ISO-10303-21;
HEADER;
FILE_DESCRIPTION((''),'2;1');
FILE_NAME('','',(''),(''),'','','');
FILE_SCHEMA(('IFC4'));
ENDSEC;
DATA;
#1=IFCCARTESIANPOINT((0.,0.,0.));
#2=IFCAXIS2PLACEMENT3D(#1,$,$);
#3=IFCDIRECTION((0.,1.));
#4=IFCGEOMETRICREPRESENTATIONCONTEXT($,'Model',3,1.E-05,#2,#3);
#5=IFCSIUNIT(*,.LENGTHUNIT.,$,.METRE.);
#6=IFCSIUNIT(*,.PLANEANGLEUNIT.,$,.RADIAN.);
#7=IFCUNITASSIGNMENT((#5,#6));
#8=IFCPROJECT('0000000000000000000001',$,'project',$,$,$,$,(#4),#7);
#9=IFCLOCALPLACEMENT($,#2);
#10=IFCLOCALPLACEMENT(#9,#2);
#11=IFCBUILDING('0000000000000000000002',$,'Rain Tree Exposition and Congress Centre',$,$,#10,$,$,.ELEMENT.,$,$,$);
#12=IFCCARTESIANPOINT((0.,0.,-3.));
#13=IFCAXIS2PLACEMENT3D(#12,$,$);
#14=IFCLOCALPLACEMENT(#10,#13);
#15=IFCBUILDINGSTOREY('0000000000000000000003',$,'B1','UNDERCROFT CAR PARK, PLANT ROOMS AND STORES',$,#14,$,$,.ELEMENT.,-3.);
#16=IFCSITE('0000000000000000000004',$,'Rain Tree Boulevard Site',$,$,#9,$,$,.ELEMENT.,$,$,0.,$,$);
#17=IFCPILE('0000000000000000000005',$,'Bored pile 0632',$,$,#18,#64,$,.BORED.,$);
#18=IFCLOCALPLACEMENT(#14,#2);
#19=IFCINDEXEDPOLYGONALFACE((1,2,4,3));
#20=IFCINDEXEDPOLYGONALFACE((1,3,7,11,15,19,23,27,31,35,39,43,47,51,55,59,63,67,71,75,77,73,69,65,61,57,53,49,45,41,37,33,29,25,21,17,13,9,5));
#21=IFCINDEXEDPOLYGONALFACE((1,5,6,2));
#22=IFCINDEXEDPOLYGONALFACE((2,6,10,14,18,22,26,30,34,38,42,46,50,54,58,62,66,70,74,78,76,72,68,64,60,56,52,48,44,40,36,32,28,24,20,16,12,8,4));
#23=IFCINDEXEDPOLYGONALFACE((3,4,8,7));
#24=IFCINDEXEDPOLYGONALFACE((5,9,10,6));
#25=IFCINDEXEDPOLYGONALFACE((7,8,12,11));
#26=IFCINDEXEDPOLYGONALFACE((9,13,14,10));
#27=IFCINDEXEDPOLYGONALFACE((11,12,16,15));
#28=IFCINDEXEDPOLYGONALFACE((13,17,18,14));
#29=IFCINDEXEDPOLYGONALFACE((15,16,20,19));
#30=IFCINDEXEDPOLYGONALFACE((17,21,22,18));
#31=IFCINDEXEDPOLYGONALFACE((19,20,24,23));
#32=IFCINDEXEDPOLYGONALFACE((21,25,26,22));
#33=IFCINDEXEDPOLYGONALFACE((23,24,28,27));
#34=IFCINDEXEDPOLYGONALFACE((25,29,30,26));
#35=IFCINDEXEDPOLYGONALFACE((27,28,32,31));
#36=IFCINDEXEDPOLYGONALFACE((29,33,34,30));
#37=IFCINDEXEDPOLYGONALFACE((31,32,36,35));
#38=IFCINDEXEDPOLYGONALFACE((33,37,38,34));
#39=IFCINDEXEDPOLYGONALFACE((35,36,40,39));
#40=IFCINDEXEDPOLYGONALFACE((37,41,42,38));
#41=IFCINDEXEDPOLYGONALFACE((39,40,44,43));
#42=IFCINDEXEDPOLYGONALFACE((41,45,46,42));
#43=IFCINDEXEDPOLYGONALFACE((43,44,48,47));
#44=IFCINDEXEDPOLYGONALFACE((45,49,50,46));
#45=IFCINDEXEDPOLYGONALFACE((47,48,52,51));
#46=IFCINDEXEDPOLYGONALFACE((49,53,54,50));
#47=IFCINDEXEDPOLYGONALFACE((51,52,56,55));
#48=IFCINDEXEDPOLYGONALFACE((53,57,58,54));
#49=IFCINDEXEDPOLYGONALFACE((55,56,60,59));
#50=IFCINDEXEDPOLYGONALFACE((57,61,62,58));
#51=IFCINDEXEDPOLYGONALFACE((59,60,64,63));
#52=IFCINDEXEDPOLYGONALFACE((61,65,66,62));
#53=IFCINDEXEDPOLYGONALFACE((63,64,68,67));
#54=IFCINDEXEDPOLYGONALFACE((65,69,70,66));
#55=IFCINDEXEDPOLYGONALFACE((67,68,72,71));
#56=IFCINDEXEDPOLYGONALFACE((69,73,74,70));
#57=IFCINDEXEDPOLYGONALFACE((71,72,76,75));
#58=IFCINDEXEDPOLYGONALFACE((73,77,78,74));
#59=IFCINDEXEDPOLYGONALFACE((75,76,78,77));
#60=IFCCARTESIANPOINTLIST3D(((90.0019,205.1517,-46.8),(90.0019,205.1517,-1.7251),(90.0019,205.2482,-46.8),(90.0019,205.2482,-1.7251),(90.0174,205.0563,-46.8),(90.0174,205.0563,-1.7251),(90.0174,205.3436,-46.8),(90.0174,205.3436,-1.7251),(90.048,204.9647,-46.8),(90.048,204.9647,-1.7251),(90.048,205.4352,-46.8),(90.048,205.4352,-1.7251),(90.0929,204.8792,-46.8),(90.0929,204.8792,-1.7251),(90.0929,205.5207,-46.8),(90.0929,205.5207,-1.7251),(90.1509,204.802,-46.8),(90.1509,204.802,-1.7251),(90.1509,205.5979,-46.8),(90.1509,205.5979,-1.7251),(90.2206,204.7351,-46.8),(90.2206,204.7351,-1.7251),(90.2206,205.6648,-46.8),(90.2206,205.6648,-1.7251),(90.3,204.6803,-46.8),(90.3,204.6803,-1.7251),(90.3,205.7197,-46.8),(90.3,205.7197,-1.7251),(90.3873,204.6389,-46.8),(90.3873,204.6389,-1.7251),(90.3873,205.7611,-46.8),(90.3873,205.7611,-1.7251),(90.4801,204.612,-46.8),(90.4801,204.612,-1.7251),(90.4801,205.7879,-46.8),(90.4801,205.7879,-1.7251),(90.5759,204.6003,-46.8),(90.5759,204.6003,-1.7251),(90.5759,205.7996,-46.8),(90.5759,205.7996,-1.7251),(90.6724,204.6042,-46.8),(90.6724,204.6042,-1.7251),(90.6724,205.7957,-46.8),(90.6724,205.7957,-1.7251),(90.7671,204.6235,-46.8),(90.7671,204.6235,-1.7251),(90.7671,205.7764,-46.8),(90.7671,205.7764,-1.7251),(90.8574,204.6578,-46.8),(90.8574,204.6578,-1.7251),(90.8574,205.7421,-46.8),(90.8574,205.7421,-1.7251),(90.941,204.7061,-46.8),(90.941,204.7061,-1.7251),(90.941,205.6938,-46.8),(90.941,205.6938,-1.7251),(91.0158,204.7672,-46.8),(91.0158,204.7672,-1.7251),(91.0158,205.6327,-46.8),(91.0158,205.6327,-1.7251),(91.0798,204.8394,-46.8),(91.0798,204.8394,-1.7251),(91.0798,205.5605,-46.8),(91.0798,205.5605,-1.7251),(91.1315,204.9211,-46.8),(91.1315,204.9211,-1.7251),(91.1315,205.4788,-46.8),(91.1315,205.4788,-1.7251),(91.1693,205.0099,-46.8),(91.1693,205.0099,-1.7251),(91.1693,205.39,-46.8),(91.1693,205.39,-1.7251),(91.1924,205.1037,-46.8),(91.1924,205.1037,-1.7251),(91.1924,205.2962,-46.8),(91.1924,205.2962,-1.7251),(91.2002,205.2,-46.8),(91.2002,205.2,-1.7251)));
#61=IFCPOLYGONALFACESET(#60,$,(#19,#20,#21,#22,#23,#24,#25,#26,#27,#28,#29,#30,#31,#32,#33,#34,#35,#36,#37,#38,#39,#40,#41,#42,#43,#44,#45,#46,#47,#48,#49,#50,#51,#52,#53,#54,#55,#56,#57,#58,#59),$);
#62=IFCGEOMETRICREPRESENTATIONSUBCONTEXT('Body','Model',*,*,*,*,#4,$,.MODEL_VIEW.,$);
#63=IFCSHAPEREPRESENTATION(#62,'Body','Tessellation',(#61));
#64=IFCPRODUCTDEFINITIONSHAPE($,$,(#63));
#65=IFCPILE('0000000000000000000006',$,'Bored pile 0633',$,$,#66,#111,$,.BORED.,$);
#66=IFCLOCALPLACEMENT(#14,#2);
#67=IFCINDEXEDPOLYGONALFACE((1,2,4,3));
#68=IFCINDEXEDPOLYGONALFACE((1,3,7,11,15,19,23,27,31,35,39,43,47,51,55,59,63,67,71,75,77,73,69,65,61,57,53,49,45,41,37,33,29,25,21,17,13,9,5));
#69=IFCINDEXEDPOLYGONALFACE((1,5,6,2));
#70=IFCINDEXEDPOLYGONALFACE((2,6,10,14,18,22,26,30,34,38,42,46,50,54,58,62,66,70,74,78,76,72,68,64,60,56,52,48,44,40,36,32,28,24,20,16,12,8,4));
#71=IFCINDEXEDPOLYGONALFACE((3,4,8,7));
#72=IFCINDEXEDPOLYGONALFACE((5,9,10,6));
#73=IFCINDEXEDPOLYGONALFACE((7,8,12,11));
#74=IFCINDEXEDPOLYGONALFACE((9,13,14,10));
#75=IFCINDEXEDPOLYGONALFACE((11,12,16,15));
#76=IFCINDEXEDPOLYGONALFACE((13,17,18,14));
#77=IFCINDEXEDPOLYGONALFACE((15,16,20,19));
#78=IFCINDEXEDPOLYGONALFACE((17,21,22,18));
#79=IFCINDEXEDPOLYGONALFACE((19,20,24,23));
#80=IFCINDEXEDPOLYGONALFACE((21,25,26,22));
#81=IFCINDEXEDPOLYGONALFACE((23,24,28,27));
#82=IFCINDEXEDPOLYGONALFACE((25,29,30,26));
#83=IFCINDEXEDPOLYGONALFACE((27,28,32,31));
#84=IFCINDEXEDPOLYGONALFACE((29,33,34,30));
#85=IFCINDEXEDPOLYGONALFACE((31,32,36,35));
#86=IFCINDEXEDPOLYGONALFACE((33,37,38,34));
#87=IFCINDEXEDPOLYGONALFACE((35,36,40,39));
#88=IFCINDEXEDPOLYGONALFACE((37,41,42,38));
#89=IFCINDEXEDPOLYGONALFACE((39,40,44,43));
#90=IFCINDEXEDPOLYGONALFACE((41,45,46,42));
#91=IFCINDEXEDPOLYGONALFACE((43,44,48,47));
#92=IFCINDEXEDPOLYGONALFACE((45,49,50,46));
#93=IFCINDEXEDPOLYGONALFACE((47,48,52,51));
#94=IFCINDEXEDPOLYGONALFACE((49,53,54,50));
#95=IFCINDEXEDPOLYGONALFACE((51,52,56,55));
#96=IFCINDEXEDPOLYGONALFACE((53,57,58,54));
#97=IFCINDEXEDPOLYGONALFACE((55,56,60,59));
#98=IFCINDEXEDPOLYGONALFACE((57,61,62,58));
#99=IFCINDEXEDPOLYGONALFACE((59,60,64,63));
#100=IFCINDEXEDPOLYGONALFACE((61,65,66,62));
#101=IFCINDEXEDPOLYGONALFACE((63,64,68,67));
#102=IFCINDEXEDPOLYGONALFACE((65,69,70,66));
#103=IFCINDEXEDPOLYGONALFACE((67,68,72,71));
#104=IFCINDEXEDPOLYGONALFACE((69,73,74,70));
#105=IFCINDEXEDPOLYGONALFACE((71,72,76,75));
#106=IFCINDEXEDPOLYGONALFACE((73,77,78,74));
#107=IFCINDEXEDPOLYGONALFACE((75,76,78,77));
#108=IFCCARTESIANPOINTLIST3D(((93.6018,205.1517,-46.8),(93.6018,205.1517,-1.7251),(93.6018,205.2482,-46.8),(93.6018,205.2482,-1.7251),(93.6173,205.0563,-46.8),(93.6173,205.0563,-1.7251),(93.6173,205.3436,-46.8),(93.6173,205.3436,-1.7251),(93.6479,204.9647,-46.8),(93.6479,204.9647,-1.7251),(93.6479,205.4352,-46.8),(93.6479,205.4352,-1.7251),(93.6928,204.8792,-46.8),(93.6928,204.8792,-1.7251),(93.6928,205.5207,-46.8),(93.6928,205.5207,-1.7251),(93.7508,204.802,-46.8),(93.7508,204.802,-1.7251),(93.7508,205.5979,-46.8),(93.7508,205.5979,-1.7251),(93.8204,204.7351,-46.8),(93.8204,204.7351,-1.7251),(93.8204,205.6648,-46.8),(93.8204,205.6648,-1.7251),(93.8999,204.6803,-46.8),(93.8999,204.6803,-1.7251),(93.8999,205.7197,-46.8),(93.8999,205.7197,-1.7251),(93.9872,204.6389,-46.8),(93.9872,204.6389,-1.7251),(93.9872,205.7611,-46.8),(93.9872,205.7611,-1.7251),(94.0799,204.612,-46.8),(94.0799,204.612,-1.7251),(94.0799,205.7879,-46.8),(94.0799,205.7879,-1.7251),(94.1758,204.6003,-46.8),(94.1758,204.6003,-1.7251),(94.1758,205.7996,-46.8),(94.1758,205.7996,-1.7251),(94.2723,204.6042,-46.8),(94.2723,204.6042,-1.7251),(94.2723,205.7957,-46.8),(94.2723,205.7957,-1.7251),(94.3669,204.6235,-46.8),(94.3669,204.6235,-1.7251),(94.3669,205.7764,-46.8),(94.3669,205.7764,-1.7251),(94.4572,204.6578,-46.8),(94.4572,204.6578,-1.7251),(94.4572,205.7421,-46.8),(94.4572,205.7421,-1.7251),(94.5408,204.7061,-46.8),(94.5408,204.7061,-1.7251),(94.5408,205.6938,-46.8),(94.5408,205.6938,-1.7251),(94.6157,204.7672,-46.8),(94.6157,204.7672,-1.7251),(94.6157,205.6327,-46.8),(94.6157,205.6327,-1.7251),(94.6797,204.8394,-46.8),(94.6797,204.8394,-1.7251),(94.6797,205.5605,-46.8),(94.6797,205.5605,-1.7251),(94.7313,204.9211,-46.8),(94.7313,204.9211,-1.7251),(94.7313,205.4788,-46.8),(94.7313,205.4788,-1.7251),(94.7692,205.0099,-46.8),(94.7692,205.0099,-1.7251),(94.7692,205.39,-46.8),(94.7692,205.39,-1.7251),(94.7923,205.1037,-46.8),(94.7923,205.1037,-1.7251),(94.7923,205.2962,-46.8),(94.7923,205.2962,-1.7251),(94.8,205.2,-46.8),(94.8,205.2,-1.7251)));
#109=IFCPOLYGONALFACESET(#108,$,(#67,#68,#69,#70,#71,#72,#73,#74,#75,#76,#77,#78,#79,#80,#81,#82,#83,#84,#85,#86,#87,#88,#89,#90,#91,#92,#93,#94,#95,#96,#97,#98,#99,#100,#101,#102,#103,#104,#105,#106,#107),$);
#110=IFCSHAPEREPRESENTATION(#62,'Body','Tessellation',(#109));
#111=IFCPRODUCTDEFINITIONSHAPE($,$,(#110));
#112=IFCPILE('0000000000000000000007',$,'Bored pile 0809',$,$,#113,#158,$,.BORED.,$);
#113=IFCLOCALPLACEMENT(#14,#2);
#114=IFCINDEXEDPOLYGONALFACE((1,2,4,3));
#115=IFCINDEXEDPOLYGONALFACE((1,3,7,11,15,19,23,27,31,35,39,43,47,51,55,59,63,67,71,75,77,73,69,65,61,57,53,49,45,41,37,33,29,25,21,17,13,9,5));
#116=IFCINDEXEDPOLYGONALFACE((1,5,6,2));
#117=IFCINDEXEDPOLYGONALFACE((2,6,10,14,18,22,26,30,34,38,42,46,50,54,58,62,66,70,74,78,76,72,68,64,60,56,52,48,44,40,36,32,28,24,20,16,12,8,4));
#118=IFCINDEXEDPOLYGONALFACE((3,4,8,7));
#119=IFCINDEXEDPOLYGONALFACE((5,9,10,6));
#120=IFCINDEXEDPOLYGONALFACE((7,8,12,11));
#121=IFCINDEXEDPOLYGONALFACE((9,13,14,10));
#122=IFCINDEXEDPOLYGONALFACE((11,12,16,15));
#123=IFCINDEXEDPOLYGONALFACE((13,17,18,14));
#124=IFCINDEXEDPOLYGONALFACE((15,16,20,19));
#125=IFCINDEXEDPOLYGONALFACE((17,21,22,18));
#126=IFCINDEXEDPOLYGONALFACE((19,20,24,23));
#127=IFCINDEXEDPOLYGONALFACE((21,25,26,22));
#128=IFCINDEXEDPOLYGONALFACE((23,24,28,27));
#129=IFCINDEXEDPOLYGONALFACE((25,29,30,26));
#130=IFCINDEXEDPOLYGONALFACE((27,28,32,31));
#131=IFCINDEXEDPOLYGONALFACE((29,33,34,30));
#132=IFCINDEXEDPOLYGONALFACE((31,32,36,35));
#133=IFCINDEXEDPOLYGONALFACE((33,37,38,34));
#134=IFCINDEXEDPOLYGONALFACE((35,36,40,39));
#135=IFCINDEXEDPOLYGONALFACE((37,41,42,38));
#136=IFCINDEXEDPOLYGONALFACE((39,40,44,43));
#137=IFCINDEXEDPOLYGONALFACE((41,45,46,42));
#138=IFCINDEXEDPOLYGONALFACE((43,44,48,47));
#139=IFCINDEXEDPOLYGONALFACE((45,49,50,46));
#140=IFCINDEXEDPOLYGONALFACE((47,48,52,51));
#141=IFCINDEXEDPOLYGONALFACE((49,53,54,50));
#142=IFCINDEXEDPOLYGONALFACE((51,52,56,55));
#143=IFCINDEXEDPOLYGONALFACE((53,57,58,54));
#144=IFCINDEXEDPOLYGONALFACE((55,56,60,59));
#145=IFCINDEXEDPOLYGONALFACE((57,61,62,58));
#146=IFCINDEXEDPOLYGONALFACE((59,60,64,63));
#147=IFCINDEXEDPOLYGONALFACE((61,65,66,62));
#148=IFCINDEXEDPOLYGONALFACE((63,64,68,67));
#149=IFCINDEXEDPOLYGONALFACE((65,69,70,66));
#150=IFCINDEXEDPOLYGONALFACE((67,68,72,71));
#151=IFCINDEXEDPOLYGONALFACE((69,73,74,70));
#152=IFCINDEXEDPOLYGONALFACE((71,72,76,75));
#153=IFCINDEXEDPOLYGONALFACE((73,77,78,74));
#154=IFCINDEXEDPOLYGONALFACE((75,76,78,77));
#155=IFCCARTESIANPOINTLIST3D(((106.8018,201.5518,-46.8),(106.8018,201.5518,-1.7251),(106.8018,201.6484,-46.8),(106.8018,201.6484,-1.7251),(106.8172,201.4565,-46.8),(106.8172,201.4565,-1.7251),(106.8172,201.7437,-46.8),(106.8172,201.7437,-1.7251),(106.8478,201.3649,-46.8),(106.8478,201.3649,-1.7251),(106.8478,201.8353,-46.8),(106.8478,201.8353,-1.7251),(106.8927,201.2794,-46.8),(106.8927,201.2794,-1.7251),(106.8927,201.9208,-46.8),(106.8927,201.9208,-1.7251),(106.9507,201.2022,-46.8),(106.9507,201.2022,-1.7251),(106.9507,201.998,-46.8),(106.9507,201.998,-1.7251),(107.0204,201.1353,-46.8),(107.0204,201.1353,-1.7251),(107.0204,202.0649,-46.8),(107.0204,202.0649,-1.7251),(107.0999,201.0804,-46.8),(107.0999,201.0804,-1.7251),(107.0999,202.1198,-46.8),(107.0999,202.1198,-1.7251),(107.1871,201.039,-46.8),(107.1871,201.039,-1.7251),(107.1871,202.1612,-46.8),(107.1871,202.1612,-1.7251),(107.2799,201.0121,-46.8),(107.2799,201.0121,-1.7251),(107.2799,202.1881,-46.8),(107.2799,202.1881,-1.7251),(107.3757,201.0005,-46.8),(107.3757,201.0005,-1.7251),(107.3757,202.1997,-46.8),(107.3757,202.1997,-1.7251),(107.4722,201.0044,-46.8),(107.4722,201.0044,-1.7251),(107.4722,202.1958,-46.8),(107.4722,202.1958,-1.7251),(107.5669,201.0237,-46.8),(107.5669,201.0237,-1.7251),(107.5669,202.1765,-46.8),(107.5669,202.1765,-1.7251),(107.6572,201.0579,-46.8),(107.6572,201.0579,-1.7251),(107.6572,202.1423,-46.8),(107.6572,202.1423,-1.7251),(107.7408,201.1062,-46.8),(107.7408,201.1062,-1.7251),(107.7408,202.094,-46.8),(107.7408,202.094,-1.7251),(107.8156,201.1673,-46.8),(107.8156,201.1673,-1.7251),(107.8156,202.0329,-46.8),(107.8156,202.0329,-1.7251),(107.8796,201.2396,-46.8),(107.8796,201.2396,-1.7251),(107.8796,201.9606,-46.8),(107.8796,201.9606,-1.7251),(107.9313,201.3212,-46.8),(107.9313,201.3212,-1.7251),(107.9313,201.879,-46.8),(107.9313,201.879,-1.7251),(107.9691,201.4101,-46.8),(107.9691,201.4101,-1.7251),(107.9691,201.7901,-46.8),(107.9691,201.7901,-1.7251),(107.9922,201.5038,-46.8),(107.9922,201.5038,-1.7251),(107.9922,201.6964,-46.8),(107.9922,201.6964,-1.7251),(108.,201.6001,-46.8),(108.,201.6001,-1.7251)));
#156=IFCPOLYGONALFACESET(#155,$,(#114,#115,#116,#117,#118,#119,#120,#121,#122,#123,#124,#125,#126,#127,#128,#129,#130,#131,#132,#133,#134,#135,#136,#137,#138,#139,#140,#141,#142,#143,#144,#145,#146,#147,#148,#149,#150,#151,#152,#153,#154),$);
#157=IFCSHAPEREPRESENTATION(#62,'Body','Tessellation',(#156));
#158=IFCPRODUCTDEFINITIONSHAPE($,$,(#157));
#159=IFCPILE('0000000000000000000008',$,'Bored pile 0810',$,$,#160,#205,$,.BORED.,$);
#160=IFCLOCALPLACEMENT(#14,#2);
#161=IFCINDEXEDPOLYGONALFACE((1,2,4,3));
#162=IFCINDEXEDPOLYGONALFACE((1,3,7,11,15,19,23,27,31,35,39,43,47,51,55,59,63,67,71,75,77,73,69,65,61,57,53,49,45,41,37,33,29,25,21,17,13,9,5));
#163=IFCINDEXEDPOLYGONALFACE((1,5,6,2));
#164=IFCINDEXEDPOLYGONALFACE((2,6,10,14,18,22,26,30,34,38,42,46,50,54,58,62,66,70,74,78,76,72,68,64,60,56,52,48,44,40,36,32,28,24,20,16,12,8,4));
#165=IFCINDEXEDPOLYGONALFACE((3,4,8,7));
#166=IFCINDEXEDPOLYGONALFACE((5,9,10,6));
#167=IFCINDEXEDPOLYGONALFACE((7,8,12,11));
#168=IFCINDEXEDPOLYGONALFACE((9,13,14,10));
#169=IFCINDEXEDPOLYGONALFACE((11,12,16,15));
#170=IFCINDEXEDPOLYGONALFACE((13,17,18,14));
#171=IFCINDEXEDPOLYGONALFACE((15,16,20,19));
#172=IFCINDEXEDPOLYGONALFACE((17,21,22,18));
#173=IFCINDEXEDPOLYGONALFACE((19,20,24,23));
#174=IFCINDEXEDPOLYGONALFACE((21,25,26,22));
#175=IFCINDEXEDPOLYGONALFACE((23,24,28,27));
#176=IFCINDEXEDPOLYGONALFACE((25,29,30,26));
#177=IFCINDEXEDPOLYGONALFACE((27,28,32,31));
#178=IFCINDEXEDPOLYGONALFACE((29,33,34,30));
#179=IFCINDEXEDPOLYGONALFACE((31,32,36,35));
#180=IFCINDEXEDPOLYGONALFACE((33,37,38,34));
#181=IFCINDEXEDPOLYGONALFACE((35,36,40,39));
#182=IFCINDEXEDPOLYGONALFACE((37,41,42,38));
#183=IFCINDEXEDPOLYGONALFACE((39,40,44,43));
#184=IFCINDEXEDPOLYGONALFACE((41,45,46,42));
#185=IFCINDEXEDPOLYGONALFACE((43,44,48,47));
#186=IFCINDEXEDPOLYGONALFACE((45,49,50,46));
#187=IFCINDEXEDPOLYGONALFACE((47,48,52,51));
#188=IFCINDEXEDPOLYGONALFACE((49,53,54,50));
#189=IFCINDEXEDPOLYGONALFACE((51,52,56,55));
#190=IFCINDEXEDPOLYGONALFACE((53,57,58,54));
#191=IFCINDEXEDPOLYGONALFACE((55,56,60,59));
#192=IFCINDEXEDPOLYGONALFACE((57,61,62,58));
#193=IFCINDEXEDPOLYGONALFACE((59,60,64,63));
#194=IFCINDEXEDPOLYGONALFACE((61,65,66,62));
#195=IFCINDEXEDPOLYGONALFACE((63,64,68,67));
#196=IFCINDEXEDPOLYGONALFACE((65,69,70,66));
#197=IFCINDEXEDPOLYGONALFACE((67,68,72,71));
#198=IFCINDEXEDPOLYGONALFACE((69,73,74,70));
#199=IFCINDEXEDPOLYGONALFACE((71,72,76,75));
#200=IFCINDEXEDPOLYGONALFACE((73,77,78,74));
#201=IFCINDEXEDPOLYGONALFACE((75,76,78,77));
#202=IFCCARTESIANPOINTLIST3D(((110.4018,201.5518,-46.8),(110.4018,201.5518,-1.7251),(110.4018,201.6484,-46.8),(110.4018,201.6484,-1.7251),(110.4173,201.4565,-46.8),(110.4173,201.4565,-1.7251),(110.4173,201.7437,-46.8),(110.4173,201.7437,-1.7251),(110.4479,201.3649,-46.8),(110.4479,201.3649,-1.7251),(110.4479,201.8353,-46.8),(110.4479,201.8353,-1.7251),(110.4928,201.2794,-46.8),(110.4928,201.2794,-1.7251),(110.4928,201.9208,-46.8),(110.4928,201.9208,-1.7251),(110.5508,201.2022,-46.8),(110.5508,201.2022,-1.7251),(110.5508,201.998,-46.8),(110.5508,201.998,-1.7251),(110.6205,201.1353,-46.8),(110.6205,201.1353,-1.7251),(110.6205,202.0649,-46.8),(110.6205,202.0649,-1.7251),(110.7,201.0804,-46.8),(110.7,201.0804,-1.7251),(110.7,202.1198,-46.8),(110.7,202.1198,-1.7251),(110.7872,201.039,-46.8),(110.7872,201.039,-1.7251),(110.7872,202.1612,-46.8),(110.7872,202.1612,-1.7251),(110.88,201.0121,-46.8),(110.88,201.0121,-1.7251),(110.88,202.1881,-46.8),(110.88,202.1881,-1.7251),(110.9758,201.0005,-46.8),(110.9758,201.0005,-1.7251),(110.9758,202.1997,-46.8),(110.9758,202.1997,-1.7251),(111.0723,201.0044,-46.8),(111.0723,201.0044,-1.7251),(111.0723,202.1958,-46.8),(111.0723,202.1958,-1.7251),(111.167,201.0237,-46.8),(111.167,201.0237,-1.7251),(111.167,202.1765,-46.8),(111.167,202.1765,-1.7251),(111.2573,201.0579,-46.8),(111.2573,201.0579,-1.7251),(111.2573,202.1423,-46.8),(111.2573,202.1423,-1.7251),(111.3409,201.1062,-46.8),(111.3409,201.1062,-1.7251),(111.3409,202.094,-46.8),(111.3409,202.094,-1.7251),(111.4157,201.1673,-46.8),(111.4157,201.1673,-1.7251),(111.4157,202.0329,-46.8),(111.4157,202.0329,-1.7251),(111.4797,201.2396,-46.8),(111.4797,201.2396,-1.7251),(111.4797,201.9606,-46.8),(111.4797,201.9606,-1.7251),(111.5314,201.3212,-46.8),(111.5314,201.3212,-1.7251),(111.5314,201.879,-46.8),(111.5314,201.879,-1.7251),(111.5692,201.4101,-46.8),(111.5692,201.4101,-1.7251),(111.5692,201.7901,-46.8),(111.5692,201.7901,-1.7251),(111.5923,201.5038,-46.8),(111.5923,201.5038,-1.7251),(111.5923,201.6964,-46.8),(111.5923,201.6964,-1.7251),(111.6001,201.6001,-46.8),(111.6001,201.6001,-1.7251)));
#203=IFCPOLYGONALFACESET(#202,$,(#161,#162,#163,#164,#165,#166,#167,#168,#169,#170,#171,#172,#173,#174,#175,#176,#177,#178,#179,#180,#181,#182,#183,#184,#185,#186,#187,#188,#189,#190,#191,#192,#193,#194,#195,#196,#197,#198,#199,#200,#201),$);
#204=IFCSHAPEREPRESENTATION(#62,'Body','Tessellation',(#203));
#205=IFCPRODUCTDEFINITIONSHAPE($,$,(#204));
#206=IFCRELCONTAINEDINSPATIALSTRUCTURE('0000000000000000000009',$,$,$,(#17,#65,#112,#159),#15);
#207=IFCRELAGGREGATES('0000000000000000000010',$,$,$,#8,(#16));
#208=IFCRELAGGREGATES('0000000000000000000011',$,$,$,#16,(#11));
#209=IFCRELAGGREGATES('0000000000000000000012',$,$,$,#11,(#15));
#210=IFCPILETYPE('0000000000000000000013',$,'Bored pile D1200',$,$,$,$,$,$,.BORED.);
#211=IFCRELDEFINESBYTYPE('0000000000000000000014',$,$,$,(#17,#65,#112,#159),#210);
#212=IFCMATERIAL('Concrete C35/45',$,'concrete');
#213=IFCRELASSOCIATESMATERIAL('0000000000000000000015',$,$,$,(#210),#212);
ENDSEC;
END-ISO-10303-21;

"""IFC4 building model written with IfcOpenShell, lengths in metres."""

from ifc_helpers import new_model, si_unit, direction, frame, origin, origin_2d, place, context, subcontext, project, spatial, circle, extrude, material, material_profile, profile_set, type_object, element, save


model = new_model("IFC4")

# Units and contexts
model_context = context("Model", 3, precision=1e-05, world=origin(), true_north=direction((0.0, 1.0)))
body_context = subcontext(model_context, "Body", "Model", "MODEL_VIEW")
ifc_project = project(units=[si_unit("LENGTHUNIT", "METRE"), si_unit("PLANEANGLEUNIT", "RADIAN")], contexts=[model_context])

# Site, building, storey
site_placement = place(None, origin())
site = spatial("IfcSite", under=ifc_project, at=site_placement, Name="Rain Tree Boulevard Site", CompositionType="ELEMENT", RefElevation=0.0)
building_placement = place(site_placement, origin())
building = spatial("IfcBuilding", under=site, at=building_placement, Name="Rain Tree Exposition and Congress Centre", CompositionType="ELEMENT")
storey_placement = place(building_placement, frame((0.0, 0.0, -3.0)))
storey = spatial("IfcBuildingStorey", under=building, at=storey_placement, Name="B1", Description="UNDERCROFT CAR PARK, PLANT ROOMS AND STORES", CompositionType="ELEMENT", Elevation=-3.0)

# Piles
ifc_material_1 = material(Name="Concrete C35/45", Category="concrete")
ifc_material_profile_1 = material_profile(ifc_material_1, circle(Radius=0.6001, at=origin_2d()), Name="D1200")
ifc_profile_set_1 = profile_set([ifc_material_profile_1], Name="Concrete C35/45")
pile_type_1 = type_object("IfcPileType", Name="Bored pile D1200", PredefinedType="BORED", material=ifc_profile_set_1)
for number, where, z_axis, x_axis, name in (
    (1, (90.6001, 205.2, -1.7251), (0.0, 0.0, -1.0), (1.0, 0.0, 0.0), "Bored pile 0632"),
    (2, (94.2, 205.2, -1.7251), (0.0, 0.0, -1.0), (1.0, 0.0, 0.0), "Bored pile 0633"),
    (3, (107.3999, 201.6001, -1.7251), (0.0, 0.0, -1.0), (1.0, 0.0, 0.0), "Bored pile 0809"),
    (4, (111.0, 201.6001, -1.7251), (0.0, 0.0, -1.0), (1.0, 0.0, 0.0), "Bored pile 0810"),
):
    element("IfcPile", number, at=place(storey_placement, frame(where, z_axis=z_axis, x_axis=x_axis)), inside=storey, type_object=pile_type_1, Name=name, PredefinedType="BORED", context=body_context, shape_type="SweptSolid", body=[
        extrude(circle(Radius=0.6001, at=origin_2d()), origin(), (0.0, 0.0, 1.0), 45.075),
    ])

save(model, "model.ifc")
